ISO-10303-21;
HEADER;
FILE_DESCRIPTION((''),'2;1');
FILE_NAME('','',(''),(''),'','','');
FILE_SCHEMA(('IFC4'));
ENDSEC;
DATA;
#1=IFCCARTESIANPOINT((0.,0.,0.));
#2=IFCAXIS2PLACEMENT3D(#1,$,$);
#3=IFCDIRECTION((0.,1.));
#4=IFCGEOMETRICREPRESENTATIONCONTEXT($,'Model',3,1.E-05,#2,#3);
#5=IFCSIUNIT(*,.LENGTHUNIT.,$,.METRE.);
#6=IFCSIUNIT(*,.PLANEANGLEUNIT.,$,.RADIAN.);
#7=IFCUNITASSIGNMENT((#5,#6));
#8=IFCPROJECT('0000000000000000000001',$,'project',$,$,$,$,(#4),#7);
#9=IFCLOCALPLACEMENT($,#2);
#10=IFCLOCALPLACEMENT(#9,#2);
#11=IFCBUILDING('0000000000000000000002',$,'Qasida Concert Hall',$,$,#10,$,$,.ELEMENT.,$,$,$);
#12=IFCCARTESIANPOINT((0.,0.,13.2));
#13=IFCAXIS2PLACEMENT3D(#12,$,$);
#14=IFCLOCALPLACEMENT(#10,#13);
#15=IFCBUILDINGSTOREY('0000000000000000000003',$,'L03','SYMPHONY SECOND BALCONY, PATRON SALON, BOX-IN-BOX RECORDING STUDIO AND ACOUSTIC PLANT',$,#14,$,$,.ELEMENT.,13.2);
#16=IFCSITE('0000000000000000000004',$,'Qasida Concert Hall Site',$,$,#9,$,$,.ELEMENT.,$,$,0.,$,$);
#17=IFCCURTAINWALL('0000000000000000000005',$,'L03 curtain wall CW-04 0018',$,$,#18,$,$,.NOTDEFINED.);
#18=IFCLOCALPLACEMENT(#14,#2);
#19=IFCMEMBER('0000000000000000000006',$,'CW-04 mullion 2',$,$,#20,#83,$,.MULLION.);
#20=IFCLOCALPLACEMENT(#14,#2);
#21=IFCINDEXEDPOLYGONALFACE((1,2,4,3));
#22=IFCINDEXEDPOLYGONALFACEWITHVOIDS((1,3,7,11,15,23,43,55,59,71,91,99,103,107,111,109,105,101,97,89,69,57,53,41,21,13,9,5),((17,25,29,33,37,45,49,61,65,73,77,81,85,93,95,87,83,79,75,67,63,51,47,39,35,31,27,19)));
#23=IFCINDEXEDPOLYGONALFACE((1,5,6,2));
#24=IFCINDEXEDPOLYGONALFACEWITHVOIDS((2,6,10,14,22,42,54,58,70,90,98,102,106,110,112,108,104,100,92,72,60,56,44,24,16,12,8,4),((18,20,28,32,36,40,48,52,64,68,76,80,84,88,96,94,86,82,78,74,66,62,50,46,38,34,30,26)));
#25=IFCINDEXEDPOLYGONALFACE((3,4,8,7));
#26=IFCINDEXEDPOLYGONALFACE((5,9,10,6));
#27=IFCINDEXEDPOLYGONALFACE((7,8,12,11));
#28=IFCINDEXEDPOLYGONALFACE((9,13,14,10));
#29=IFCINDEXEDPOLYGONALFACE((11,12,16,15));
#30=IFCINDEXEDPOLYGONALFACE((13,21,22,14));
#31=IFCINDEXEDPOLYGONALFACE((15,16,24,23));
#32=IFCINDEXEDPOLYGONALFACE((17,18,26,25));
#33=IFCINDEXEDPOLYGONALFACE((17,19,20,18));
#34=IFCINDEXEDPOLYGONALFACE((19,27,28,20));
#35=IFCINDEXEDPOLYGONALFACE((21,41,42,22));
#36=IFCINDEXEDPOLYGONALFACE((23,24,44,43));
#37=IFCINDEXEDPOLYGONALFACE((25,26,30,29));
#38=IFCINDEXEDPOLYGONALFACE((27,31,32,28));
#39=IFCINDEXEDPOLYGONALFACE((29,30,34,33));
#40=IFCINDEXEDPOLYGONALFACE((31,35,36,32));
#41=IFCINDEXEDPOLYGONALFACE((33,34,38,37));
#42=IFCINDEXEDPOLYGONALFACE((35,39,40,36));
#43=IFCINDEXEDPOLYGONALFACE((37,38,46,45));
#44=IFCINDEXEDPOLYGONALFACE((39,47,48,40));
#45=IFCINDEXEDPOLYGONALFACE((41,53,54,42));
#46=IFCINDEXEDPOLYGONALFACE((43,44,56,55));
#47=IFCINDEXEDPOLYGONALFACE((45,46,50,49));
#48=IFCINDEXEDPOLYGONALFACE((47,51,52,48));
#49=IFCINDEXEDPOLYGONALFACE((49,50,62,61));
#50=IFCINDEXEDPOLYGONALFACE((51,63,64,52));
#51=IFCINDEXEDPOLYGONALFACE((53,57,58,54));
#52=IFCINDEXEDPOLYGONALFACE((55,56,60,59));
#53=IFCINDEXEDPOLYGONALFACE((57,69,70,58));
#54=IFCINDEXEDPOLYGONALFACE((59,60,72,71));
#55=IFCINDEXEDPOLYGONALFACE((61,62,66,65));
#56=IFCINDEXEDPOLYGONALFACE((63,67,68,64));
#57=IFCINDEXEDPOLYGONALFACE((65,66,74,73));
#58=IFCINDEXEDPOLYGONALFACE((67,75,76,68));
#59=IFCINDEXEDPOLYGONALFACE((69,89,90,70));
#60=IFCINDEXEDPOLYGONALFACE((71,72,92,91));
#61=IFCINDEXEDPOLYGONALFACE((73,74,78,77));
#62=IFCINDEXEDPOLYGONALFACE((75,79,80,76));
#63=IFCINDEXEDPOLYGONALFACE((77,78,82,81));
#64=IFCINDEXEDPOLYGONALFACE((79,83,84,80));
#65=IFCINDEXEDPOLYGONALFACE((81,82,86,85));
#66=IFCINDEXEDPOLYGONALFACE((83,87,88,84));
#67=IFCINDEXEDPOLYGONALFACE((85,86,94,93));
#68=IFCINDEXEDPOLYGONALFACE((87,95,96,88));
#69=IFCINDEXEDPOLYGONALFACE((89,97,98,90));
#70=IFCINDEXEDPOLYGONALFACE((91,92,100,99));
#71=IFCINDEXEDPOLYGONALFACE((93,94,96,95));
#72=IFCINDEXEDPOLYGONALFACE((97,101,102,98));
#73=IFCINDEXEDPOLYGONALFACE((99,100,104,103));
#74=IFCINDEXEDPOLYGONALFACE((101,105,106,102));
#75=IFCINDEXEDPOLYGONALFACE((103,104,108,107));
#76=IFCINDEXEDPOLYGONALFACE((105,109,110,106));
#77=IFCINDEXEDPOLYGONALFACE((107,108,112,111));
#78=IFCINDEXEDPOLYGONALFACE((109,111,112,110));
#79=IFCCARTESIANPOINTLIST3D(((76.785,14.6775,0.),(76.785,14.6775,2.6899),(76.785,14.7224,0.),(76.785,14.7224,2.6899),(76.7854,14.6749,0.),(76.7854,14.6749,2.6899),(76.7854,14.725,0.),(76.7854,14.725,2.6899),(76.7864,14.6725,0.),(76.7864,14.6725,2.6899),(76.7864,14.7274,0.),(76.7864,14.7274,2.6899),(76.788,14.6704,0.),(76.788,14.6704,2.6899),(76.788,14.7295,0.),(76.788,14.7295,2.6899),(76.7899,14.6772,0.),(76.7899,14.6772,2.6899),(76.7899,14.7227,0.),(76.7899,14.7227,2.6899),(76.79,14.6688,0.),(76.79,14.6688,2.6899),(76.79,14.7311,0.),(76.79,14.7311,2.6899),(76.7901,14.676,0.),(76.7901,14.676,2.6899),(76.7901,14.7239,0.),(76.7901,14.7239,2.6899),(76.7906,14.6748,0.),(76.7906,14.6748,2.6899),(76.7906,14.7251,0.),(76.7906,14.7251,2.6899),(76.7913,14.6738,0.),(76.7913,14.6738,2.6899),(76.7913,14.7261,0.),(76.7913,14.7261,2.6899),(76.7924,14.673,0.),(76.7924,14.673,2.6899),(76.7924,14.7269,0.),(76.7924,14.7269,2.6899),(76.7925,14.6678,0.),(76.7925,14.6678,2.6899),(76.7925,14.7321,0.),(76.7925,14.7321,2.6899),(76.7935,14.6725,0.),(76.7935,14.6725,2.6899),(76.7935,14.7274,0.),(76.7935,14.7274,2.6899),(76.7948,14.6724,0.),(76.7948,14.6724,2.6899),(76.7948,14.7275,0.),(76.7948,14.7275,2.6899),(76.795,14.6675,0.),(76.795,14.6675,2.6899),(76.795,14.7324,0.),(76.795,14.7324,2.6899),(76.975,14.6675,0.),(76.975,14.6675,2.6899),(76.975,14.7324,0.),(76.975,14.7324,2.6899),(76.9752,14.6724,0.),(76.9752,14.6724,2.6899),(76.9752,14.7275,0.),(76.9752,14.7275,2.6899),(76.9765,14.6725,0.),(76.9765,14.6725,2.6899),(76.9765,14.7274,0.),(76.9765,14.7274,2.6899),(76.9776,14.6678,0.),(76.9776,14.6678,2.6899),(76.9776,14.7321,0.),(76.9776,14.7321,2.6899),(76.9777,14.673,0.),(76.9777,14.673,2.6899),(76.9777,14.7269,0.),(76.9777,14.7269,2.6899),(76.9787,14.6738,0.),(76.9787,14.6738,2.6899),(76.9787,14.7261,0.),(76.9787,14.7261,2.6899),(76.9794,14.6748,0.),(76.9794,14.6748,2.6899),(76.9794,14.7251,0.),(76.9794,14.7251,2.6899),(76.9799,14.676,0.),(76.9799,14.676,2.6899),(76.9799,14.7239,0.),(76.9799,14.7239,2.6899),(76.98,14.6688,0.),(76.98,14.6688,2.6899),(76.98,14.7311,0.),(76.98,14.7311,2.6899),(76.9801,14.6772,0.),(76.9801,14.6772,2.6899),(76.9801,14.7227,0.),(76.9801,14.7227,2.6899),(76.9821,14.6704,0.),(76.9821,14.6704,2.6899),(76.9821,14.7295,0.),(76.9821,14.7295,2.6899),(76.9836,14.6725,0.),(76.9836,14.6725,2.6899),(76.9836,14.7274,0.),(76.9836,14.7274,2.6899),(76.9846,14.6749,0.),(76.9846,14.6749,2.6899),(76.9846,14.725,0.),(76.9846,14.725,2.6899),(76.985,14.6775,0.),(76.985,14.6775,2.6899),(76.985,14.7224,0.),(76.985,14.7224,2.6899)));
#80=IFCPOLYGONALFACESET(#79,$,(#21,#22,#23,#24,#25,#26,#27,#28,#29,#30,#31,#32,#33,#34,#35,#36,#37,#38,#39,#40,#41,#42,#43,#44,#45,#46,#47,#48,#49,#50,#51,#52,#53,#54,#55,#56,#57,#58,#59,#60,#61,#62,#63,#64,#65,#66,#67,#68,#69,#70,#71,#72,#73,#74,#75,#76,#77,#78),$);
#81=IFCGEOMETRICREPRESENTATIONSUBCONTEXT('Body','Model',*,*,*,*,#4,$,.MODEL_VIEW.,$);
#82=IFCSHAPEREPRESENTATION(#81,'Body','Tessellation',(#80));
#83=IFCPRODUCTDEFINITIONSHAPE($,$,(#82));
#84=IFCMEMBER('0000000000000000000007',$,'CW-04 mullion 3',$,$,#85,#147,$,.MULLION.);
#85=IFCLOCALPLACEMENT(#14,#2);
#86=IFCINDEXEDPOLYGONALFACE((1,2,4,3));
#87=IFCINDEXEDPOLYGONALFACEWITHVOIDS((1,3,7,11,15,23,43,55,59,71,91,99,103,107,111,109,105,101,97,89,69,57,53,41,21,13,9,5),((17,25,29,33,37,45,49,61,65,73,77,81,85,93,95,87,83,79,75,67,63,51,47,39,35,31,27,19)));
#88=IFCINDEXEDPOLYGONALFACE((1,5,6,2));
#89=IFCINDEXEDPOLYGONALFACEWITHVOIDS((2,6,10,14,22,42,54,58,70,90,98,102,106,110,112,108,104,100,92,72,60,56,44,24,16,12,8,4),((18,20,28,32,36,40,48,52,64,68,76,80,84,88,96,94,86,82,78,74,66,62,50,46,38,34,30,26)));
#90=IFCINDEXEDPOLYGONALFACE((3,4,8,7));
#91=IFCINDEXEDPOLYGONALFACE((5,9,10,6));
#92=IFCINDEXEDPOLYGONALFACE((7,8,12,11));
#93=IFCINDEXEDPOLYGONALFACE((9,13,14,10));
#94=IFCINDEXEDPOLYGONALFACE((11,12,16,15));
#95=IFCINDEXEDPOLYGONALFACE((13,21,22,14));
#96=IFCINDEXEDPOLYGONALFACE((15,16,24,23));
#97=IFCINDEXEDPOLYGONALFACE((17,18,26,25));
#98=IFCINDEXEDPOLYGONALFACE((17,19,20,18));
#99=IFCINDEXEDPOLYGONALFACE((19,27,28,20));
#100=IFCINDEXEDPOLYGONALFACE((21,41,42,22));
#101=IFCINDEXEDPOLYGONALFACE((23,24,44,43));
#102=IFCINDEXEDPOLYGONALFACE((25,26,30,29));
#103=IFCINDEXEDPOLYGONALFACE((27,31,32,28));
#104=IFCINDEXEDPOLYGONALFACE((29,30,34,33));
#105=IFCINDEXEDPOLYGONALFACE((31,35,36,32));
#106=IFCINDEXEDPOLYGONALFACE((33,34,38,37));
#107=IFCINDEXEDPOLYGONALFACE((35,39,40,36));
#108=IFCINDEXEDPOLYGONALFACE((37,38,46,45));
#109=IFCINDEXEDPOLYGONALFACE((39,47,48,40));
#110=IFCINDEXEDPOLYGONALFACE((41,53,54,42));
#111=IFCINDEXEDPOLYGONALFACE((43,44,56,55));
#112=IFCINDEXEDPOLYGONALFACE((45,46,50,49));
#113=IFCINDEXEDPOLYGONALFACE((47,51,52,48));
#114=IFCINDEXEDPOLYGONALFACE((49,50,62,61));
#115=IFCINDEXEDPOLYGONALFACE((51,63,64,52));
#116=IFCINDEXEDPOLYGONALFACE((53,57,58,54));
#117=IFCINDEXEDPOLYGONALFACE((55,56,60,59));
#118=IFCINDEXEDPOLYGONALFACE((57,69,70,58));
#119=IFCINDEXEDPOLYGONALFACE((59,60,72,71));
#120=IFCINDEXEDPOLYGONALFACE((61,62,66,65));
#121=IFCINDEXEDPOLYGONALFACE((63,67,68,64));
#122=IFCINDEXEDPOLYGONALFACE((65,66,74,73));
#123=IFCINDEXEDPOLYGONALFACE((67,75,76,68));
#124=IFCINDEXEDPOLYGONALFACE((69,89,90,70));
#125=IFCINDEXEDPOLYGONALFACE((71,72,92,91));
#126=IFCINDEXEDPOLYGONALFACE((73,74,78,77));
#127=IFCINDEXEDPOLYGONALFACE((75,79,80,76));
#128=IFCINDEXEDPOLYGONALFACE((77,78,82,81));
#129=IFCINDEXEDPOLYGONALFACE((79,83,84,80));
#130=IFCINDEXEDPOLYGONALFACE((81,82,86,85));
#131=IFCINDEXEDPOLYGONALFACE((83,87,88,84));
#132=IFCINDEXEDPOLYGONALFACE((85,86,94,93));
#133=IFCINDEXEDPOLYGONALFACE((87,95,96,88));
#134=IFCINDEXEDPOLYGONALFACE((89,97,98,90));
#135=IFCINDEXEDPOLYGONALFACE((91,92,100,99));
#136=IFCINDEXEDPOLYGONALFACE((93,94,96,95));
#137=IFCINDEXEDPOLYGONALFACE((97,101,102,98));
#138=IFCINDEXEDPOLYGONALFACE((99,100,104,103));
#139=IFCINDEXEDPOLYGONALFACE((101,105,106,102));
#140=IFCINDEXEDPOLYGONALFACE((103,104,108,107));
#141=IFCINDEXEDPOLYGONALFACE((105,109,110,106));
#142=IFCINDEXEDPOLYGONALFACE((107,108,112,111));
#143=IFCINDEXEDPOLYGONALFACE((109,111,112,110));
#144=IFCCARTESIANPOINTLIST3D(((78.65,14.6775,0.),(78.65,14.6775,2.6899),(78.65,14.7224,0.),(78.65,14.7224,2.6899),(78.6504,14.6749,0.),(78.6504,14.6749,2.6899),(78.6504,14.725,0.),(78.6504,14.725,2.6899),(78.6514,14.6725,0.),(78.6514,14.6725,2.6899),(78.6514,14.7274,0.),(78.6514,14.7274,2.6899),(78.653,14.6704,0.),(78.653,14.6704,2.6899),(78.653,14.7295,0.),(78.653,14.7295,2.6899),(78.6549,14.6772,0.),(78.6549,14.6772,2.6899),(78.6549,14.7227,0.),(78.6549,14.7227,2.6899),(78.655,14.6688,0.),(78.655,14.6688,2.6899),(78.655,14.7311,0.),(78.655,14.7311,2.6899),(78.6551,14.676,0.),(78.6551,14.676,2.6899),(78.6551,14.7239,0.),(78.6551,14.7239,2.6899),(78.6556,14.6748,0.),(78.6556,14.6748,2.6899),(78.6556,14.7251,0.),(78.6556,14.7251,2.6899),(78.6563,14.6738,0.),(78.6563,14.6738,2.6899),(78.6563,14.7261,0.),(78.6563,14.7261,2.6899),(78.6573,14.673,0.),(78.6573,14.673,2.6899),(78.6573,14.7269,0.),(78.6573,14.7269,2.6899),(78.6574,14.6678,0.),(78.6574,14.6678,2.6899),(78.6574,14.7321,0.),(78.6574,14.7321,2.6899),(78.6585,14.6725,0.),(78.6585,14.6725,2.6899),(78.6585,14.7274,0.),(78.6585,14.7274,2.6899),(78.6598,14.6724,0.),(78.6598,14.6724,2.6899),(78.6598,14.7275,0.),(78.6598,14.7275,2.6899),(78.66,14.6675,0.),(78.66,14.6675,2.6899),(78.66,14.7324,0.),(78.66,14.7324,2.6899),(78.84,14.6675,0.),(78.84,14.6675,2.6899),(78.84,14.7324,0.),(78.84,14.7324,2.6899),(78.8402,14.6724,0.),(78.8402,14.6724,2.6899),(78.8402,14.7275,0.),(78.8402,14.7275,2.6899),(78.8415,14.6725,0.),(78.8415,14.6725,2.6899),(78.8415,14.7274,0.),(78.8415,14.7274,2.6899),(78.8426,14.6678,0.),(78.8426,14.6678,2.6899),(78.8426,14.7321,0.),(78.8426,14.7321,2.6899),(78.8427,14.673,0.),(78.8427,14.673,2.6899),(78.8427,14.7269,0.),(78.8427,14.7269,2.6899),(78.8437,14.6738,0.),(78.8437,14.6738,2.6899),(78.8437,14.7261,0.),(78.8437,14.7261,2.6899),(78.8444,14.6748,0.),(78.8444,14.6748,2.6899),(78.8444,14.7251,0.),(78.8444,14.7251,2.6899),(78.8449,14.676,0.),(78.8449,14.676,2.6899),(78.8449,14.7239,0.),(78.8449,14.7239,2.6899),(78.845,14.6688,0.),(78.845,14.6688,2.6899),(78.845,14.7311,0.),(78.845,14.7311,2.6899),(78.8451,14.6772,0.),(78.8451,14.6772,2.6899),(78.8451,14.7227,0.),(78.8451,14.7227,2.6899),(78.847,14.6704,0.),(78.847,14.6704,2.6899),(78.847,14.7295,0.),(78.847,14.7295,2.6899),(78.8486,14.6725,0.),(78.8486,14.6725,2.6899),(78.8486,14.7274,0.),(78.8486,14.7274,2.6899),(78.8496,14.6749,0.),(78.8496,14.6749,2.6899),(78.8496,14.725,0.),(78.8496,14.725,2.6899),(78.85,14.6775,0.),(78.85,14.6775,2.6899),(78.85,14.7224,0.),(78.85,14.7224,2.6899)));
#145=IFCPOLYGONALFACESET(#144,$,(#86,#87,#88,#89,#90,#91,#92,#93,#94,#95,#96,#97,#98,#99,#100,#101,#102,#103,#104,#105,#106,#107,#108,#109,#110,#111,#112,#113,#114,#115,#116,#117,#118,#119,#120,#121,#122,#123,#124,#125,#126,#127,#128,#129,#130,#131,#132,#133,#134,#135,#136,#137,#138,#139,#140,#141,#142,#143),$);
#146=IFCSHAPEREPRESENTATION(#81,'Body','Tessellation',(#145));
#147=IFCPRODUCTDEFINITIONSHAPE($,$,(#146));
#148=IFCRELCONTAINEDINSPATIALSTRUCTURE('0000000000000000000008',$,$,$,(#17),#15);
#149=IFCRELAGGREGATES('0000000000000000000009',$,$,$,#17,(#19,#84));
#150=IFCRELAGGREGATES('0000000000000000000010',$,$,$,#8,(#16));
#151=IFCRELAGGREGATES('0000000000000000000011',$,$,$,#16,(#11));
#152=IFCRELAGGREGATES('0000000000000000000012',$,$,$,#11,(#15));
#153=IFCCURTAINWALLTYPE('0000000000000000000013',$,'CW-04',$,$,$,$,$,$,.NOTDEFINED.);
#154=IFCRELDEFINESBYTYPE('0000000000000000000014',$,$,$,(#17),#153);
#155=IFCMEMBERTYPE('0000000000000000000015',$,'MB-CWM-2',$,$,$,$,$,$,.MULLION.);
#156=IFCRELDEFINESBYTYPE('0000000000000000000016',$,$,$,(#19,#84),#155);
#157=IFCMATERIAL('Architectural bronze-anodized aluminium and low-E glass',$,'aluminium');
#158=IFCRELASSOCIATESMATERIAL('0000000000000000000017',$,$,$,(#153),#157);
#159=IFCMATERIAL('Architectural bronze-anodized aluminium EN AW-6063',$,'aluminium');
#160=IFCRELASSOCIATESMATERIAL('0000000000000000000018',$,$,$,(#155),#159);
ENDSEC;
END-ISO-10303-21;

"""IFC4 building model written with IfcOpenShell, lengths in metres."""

from ifc_helpers import new_model, si_unit, direction, frame, origin, origin_2d, place, context, subcontext, project, spatial, hollow_rectangle, extrude, material, material_profile, profile_set, type_object, element, aggregate, save


model = new_model("IFC4")

# Units and contexts
model_context = context("Model", 3, precision=1e-05, world=origin(), true_north=direction((0.0, 1.0)))
body_context = subcontext(model_context, "Body", "Model", "MODEL_VIEW")
ifc_project = project(units=[si_unit("LENGTHUNIT", "METRE"), si_unit("PLANEANGLEUNIT", "RADIAN")], contexts=[model_context])

# Site, building, storey
site_placement = place(None, origin())
site = spatial("IfcSite", under=ifc_project, at=site_placement, Name="Qasida Concert Hall Site", CompositionType="ELEMENT", RefElevation=0.0)
building_placement = place(site_placement, origin())
building = spatial("IfcBuilding", under=site, at=building_placement, Name="Qasida Concert Hall", CompositionType="ELEMENT")
storey_placement = place(building_placement, frame((0.0, 0.0, 13.2)))
storey = spatial("IfcBuildingStorey", under=building, at=storey_placement, Name="L03", Description="SYMPHONY SECOND BALCONY, PATRON SALON, BOX-IN-BOX RECORDING STUDIO AND ACOUSTIC PLANT", CompositionType="ELEMENT", Elevation=13.2)

# Curtain wall, members
ifc_material_1 = material(Name="Architectural bronze-anodized aluminium and low-E glass", Category="aluminium")
curtain_wall_type = type_object("IfcCurtainWallType", Name="CW-04", PredefinedType="NOTDEFINED", material=ifc_material_1)
curtain_wall_placement = place(storey_placement, origin())
curtain_wall = element("IfcCurtainWall", 1, at=curtain_wall_placement, inside=storey, type_object=curtain_wall_type, Name="L03 curtain wall CW-04 0018", PredefinedType="NOTDEFINED")
ifc_material_2 = material(Name="Architectural bronze-anodized aluminium EN AW-6063", Category="aluminium")
ifc_material_profile_1 = material_profile(ifc_material_2, hollow_rectangle(XDim=0.0649, YDim=0.2, WallThickness=0.0049, InnerFilletRadius=0.0049, OuterFilletRadius=0.01, at=origin_2d()), Name="CWM 200x65x5")
ifc_profile_set_1 = profile_set([ifc_material_profile_1], Name="Architectural bronze-anodized aluminium EN AW-6063")
member_type_1 = type_object("IfcMemberType", Name="MB-CWM-2", PredefinedType="MULLION", material=ifc_profile_set_1)
member_1_placement = place(storey_placement, frame((76.885, 14.7, 0.0), z_axis=(0.0, 0.0, 1.0), x_axis=(0.0, 1.0, 0.0)))
member_1 = element("IfcMember", 2, at=member_1_placement, type_object=member_type_1, Name="CW-04 mullion 2", PredefinedType="MULLION", context=body_context, shape_type="SweptSolid", body=[
    extrude(hollow_rectangle(XDim=0.0649, YDim=0.2, WallThickness=0.0049, InnerFilletRadius=0.0049, OuterFilletRadius=0.01, at=origin_2d()), origin(), (0.0, 0.0, 1.0), 2.6899),
])
member_2_placement = place(storey_placement, frame((78.75, 14.7, 0.0), z_axis=(0.0, 0.0, 1.0), x_axis=(0.0, 1.0, 0.0)))
member_2 = element("IfcMember", 3, at=member_2_placement, type_object=member_type_1, Name="CW-04 mullion 3", PredefinedType="MULLION", context=body_context, shape_type="SweptSolid", body=[
    extrude(hollow_rectangle(XDim=0.0649, YDim=0.2, WallThickness=0.0049, InnerFilletRadius=0.0049, OuterFilletRadius=0.01, at=origin_2d()), origin(), (0.0, 0.0, 1.0), 2.6899),
])
aggregate(curtain_wall, [member_1, member_2])

save(model, "model.ifc")
